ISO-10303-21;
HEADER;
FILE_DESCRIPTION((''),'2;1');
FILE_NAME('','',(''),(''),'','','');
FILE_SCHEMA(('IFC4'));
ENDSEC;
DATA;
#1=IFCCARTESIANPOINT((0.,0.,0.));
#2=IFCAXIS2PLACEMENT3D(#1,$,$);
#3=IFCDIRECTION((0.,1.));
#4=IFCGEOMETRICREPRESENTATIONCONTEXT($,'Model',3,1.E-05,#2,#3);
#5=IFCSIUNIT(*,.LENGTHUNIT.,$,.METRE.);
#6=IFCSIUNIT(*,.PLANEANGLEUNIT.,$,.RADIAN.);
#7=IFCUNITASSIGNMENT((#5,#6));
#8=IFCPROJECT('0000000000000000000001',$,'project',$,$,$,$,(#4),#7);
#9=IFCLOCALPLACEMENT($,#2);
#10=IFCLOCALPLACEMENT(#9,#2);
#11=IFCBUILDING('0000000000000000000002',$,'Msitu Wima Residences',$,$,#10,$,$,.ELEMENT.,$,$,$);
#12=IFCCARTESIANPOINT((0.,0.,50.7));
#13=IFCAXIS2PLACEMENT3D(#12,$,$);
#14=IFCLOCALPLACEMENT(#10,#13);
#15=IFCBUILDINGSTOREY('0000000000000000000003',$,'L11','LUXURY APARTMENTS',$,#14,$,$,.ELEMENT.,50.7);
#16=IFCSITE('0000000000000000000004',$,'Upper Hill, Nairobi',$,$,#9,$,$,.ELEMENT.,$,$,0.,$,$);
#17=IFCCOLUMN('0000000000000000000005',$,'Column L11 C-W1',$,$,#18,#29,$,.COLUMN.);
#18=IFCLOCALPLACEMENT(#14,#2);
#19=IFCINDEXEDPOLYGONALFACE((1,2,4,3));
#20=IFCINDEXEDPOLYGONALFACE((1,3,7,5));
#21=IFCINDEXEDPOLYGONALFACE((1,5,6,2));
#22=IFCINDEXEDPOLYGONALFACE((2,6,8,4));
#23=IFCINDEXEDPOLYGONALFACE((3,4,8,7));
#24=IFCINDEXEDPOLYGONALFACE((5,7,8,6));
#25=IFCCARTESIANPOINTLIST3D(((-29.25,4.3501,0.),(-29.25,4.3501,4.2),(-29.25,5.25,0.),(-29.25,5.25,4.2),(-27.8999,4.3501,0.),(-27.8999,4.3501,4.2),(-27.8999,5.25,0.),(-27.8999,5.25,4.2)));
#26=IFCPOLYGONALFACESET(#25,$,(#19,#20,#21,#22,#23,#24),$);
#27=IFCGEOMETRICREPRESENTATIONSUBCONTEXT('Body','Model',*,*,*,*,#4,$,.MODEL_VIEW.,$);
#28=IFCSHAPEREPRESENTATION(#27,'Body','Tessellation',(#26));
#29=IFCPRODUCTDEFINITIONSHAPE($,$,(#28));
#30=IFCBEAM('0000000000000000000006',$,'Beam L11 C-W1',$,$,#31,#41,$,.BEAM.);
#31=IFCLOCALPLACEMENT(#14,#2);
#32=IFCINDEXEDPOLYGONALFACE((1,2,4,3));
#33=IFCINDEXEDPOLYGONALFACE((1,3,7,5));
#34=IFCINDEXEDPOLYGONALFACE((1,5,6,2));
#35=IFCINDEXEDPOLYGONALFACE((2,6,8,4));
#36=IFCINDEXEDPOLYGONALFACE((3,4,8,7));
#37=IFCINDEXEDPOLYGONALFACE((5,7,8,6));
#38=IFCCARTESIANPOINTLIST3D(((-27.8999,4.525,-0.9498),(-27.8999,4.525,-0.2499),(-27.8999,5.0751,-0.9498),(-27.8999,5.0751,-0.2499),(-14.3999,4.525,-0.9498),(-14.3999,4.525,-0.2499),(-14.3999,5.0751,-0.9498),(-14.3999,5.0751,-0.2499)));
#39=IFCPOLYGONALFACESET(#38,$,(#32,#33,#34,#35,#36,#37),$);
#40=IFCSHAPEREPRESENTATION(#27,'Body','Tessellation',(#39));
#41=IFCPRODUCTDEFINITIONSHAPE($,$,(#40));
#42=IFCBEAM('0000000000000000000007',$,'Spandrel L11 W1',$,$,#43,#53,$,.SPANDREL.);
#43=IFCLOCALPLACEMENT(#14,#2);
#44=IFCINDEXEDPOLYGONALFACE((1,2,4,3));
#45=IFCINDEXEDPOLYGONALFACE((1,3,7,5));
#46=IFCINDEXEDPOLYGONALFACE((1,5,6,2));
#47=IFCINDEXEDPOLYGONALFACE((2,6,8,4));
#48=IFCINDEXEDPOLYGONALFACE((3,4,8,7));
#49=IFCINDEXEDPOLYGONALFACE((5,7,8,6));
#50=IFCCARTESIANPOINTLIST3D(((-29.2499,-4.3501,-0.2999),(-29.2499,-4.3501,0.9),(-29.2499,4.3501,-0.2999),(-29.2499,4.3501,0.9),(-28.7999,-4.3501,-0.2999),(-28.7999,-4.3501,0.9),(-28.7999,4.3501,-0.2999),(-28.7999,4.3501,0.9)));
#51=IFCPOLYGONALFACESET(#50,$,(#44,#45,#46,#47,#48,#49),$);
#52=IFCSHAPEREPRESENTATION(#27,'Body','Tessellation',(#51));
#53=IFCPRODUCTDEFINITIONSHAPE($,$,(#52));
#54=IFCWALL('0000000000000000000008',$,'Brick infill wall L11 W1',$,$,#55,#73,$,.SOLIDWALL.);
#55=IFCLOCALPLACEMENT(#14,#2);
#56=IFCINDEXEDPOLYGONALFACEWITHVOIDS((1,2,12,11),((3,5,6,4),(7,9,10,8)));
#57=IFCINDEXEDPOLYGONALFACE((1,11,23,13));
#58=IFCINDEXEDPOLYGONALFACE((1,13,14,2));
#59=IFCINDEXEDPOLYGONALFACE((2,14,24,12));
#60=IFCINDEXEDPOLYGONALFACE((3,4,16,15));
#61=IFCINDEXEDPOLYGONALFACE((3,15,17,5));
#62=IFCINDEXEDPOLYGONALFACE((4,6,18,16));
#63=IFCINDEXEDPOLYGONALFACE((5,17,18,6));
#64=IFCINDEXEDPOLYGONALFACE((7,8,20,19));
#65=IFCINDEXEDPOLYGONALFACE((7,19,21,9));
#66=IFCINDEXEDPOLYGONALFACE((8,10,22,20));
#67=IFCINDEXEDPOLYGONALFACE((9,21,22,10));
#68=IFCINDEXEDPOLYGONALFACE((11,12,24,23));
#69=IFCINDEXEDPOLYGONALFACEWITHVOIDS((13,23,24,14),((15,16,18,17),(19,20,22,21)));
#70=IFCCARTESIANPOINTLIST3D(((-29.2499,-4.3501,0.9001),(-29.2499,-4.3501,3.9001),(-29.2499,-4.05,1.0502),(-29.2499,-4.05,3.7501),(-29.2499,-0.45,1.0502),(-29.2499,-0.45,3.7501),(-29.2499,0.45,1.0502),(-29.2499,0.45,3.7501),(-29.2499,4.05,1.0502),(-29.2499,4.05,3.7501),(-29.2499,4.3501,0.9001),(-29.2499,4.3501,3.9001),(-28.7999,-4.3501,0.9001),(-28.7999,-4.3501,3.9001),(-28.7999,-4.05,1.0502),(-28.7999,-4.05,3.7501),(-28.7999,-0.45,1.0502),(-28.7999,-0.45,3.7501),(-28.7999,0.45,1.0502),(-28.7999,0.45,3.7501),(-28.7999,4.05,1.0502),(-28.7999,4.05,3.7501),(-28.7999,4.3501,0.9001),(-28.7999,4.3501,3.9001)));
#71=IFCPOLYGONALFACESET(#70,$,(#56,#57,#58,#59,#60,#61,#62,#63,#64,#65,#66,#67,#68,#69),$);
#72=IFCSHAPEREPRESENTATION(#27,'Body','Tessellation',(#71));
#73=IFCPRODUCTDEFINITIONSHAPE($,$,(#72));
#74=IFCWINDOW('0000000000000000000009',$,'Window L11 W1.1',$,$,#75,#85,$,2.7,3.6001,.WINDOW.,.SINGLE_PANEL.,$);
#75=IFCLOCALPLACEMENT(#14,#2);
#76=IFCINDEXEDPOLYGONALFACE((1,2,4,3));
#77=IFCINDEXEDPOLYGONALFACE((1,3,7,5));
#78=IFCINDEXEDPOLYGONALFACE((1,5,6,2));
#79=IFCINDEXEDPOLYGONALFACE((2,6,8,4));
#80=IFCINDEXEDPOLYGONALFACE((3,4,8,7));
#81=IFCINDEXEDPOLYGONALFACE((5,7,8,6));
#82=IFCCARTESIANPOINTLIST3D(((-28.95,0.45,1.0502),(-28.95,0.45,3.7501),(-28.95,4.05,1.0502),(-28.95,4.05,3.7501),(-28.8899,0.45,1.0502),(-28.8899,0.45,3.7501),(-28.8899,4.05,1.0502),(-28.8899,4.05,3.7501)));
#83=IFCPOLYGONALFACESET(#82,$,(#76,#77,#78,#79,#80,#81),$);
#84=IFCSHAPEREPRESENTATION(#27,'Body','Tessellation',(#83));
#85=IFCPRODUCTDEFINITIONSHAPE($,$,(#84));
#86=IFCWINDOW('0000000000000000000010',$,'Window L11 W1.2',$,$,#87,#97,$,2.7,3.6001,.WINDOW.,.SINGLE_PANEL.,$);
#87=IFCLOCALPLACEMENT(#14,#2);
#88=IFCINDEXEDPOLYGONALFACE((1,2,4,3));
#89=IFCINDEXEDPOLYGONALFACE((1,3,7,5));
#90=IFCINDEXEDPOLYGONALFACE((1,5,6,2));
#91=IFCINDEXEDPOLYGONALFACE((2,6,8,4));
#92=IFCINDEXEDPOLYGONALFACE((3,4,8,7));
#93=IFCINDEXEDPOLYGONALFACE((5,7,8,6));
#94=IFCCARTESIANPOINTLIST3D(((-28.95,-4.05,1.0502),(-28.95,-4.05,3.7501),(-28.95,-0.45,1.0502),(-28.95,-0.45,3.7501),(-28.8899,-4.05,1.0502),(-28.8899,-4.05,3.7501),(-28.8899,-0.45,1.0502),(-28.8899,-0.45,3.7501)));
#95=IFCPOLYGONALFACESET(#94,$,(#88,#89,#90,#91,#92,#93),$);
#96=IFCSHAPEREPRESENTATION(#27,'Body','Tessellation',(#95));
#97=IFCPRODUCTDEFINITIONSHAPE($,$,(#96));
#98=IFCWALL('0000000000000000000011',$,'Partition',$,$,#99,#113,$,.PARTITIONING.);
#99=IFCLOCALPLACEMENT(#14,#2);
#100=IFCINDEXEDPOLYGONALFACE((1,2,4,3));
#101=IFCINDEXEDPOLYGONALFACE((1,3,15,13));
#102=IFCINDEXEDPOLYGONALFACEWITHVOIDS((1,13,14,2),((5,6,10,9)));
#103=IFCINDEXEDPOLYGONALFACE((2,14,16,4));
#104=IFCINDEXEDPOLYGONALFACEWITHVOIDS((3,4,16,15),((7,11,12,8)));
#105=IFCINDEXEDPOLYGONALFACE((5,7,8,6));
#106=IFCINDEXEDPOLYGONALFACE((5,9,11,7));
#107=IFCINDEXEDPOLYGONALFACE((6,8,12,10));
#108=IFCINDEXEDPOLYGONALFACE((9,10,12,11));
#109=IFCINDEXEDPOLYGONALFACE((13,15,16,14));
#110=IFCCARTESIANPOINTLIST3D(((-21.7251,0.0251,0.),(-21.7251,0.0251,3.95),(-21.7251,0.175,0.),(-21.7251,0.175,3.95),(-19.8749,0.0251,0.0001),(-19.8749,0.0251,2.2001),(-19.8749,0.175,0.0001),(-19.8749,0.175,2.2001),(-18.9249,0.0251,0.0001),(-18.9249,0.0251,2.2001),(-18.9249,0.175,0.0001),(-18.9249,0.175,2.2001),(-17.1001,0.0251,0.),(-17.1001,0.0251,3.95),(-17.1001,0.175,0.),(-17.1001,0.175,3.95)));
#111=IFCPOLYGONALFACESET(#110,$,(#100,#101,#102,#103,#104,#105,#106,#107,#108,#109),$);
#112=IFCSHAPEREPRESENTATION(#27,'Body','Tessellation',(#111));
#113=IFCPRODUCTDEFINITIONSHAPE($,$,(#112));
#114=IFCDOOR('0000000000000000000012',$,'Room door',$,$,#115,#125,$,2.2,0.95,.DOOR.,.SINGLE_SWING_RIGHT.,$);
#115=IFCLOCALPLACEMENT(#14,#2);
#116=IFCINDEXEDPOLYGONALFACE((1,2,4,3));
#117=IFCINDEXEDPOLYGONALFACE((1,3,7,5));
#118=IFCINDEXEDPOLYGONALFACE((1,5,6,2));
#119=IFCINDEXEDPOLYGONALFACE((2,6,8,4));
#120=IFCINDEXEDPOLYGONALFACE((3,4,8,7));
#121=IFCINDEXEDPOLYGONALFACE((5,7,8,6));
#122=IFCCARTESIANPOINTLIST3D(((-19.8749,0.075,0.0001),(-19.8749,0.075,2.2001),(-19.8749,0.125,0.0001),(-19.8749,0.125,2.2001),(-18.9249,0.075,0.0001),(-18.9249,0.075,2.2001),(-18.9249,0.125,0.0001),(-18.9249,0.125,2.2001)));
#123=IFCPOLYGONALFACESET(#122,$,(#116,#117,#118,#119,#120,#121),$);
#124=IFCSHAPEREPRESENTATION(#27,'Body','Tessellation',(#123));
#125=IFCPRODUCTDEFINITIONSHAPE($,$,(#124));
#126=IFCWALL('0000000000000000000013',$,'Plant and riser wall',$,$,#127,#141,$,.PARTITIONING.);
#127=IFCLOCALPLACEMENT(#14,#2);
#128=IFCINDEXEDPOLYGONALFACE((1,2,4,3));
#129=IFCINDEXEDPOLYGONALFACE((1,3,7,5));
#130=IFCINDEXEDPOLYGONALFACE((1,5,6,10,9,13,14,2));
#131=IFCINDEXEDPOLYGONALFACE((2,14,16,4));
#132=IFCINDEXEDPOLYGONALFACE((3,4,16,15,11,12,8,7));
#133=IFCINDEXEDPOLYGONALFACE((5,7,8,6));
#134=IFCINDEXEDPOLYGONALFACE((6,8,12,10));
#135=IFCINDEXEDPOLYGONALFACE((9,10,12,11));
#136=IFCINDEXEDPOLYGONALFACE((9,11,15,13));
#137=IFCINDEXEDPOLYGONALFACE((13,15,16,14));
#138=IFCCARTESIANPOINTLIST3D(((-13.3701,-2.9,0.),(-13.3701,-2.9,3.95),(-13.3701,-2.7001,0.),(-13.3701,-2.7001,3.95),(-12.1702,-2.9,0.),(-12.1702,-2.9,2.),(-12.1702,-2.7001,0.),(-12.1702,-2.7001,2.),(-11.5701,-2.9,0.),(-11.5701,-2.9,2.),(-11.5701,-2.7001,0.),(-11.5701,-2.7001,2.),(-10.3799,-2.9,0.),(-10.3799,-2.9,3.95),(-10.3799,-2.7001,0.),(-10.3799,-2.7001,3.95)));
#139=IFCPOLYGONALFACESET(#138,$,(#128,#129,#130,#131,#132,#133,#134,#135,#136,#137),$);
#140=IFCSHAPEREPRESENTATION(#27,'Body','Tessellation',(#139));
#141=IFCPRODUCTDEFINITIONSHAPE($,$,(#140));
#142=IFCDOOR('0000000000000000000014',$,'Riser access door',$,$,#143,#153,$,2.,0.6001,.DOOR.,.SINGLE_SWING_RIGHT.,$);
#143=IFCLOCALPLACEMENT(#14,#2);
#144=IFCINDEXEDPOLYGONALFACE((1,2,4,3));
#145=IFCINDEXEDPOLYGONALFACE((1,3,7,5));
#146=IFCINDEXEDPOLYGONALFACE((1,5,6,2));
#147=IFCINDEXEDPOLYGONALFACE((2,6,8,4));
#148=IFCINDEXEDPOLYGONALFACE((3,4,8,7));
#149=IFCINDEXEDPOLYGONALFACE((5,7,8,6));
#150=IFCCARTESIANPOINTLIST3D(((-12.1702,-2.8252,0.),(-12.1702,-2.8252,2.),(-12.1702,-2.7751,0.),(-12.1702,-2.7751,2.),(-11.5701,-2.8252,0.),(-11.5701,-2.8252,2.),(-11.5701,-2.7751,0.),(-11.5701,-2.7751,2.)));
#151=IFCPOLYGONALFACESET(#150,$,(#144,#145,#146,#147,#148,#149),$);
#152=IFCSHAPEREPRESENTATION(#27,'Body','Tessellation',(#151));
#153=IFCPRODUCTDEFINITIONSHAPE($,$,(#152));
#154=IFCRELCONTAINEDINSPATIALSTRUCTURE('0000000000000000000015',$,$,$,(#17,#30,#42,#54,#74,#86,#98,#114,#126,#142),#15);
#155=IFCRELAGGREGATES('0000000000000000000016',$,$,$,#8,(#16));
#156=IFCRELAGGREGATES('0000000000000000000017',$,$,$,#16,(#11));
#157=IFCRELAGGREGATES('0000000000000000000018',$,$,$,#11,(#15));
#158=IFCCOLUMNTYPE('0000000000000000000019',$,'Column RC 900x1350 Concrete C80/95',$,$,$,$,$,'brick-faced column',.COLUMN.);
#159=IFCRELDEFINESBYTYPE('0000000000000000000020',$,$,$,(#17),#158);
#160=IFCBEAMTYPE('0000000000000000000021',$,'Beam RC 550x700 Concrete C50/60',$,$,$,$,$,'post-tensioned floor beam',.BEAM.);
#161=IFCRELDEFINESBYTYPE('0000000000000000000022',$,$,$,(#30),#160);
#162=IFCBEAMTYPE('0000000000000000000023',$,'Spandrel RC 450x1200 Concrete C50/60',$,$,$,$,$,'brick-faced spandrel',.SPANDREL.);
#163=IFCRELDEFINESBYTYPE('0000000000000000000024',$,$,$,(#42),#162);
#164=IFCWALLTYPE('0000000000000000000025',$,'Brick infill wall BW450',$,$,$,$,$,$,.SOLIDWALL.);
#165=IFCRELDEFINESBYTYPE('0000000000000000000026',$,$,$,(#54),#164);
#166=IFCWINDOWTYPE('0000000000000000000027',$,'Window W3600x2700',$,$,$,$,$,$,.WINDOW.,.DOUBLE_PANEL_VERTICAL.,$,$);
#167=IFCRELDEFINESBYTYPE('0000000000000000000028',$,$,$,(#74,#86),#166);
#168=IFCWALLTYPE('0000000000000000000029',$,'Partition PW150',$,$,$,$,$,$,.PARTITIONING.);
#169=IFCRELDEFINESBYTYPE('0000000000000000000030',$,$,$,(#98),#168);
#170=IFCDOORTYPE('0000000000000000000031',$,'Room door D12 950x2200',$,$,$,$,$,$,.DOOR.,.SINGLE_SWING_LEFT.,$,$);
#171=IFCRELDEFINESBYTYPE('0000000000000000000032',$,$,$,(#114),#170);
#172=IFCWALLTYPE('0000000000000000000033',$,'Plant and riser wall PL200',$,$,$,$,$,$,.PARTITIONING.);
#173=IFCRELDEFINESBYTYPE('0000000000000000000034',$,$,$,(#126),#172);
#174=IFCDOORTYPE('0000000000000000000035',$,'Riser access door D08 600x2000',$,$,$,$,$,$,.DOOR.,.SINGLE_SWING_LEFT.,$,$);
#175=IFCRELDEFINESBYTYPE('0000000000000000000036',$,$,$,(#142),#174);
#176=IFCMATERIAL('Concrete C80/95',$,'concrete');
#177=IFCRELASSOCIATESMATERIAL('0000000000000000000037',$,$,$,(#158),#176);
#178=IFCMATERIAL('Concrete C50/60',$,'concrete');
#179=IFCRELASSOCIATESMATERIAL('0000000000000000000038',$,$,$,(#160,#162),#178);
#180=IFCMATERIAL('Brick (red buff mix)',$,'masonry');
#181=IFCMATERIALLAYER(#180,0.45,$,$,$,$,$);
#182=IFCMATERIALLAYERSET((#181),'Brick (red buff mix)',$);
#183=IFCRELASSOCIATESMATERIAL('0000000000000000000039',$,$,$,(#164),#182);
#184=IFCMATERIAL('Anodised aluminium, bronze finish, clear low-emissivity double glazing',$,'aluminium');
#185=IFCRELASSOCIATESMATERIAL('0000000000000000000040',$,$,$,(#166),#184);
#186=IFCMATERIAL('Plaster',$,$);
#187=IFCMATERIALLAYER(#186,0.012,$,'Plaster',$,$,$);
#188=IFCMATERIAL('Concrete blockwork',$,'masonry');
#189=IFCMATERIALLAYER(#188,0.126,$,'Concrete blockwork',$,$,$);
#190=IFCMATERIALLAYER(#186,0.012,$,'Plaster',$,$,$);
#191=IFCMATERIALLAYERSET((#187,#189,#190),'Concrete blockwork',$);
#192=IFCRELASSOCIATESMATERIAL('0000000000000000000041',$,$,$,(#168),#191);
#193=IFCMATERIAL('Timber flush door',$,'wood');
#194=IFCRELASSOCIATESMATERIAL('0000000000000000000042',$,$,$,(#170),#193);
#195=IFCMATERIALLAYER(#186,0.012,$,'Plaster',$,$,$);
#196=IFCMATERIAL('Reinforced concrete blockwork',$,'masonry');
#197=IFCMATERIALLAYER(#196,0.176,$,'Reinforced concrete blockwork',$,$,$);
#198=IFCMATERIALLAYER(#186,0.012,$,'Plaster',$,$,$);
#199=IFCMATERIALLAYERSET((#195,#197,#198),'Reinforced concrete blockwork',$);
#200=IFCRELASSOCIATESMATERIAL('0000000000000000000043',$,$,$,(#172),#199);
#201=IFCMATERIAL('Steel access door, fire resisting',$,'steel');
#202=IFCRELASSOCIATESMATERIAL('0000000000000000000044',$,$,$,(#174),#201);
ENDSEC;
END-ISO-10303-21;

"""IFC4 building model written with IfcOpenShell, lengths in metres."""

from ifc_helpers import new_model, si_unit, direction, frame, frame_2d, origin, origin_2d, place, context, subcontext, project, spatial, rectangle, extrude, material, layer, layer_set, material_profile, profile_set, type_object, element, fill, save


model = new_model("IFC4")

# Units and contexts
model_context = context("Model", 3, precision=1e-05, world=origin(), true_north=direction((0.0, 1.0)))
body_context = subcontext(model_context, "Body", "Model", "MODEL_VIEW")
ifc_project = project(units=[si_unit("LENGTHUNIT", "METRE"), si_unit("PLANEANGLEUNIT", "RADIAN")], contexts=[model_context])

# Site, building, storey
site_placement = place(None, origin())
site = spatial("IfcSite", under=ifc_project, at=site_placement, Name="Upper Hill, Nairobi", CompositionType="ELEMENT", RefElevation=0.0)
building_placement = place(site_placement, origin())
building = spatial("IfcBuilding", under=site, at=building_placement, Name="Msitu Wima Residences", CompositionType="ELEMENT")
storey_placement = place(building_placement, frame((0.0, 0.0, 50.7)))
storey = spatial("IfcBuildingStorey", under=building, at=storey_placement, Name="L11", Description="LUXURY APARTMENTS", CompositionType="ELEMENT", Elevation=50.7)

# Column
ifc_material_1 = material(Name="Concrete C80/95", Category="concrete")
ifc_material_profile_1 = material_profile(ifc_material_1, rectangle(XDim=0.8999, YDim=1.3501, at=origin_2d()), Name="RC 900x1350")
ifc_profile_set_1 = profile_set([ifc_material_profile_1], Name="Concrete C80/95")
column_type = type_object("IfcColumnType", Name="Column RC 900x1350 Concrete C80/95", ElementType="brick-faced column", PredefinedType="COLUMN", material=ifc_profile_set_1)
column_placement = place(storey_placement, frame((-28.575, 4.8, 0.0), z_axis=(0.0, 0.0, 1.0), x_axis=(0.0, -1.0, 0.0)))
element("IfcColumn", 1, at=column_placement, inside=storey, type_object=column_type, Name="Column L11 C-W1", PredefinedType="COLUMN", context=body_context, shape_type="SweptSolid", body=[
    extrude(rectangle(XDim=0.8999, YDim=1.3501, at=origin_2d()), origin(), (0.0, 0.0, 1.0), 4.2),
])

# Beams
ifc_material_2 = material(Name="Concrete C50/60", Category="concrete")
ifc_material_profile_2 = material_profile(ifc_material_2, rectangle(XDim=0.55, YDim=0.7, at=origin_2d()), Name="RC 550x700")
ifc_profile_set_2 = profile_set([ifc_material_profile_2], Name="Concrete C50/60")
beam_type_1 = type_object("IfcBeamType", Name="Beam RC 550x700 Concrete C50/60", ElementType="post-tensioned floor beam", PredefinedType="BEAM", material=ifc_profile_set_2)
beam_1_placement = place(storey_placement, frame((-27.8999, 4.8, -0.5999), z_axis=(1.0, 0.0, 0.0), x_axis=(0.0, 1.0, 0.0)))
element("IfcBeam", 2, at=beam_1_placement, inside=storey, type_object=beam_type_1, Name="Beam L11 C-W1", PredefinedType="BEAM", context=body_context, shape_type="SweptSolid", body=[
    extrude(rectangle(XDim=0.55, YDim=0.7, at=origin_2d()), origin(), (0.0, 0.0, 1.0), 13.5),
])
ifc_material_profile_3 = material_profile(ifc_material_2, rectangle(XDim=0.45, YDim=1.2, at=origin_2d()), Name="RC 450x1200")
ifc_profile_set_3 = profile_set([ifc_material_profile_3], Name="Concrete C50/60")
beam_type_2 = type_object("IfcBeamType", Name="Spandrel RC 450x1200 Concrete C50/60", ElementType="brick-faced spandrel", PredefinedType="SPANDREL", material=ifc_profile_set_3)
beam_2_placement = place(storey_placement, frame((-29.0249, 4.3501, 0.3), z_axis=(0.0, -1.0, 0.0), x_axis=(1.0, 0.0, 0.0)))
element("IfcBeam", 3, at=beam_2_placement, inside=storey, type_object=beam_type_2, Name="Spandrel L11 W1", PredefinedType="SPANDREL", context=body_context, shape_type="SweptSolid", body=[
    extrude(rectangle(XDim=0.45, YDim=1.2, at=origin_2d()), origin(), (0.0, 0.0, 1.0), 8.7002),
])

# Wall, openings, windows
ifc_material_3 = material(Name="Brick (red buff mix)", Category="masonry")
ifc_layer_1 = layer(ifc_material_3, 0.45)
ifc_layer_set_1 = layer_set([ifc_layer_1], Name="Brick (red buff mix)")
wall_type_1 = type_object("IfcWallType", Name="Brick infill wall BW450", PredefinedType="SOLIDWALL", material=ifc_layer_set_1)
wall_1_placement = place(storey_placement, frame((-29.0249, 4.3501, 0.9001), z_axis=(0.0, 0.0, 1.0), x_axis=(0.0, -1.0, 0.0)))
wall_1 = element("IfcWall", 4, at=wall_1_placement, inside=storey, type_object=wall_type_1, Name="Brick infill wall L11 W1", PredefinedType="SOLIDWALL", context=body_context, shape_type="SweptSolid", body=[
    extrude(rectangle(XDim=8.7002, YDim=0.45, at=frame_2d((4.3501, 0.0))), origin(), (0.0, 0.0, 1.0), 3.0),
])
opening_1_placement = place(wall_1_placement, frame((0.3, 0.0, 0.1499)))
opening_1 = element("IfcOpeningElement", 5, at=opening_1_placement, cuts=wall_1, PredefinedType="OPENING", context=body_context, shape_type="SweptSolid", body=[
    extrude(rectangle(XDim=3.6001, YDim=2.7, at=frame_2d((1.8, 1.3501))), frame((0.0, 0.2349, 0.0), z_axis=(0.0, -1.0, 0.0), x_axis=(1.0, 0.0, 0.0)), (0.0, 0.0, 1.0), 0.47),
])
opening_2_placement = place(wall_1_placement, frame((4.8, 0.0, 0.1499)))
opening_2 = element("IfcOpeningElement", 6, at=opening_2_placement, cuts=wall_1, PredefinedType="OPENING", context=body_context, shape_type="SweptSolid", body=[
    extrude(rectangle(XDim=3.6001, YDim=2.7, at=frame_2d((1.8, 1.3501))), frame((0.0, 0.2349, 0.0), z_axis=(0.0, -1.0, 0.0), x_axis=(1.0, 0.0, 0.0)), (0.0, 0.0, 1.0), 0.47),
])
ifc_material_4 = material(Name="Anodised aluminium, bronze finish, clear low-emissivity double glazing", Category="aluminium")
window_type = type_object("IfcWindowType", Name="Window W3600x2700", PartitioningType="DOUBLE_PANEL_VERTICAL", PredefinedType="WINDOW", material=ifc_material_4)
window_1_placement = place(opening_1_placement, origin())
window_1 = element("IfcWindow", 7, at=window_1_placement, inside=storey, type_object=window_type, Name="Window L11 W1.1", OverallHeight=2.7, OverallWidth=3.6001, PartitioningType="SINGLE_PANEL", PredefinedType="WINDOW", context=body_context, shape_type="SweptSolid", body=[
    extrude(rectangle(XDim=3.6001, YDim=2.7, at=frame_2d((1.8, 1.3501))), frame((0.0, 0.135, 0.0), z_axis=(0.0, -1.0, 0.0), x_axis=(1.0, 0.0, 0.0)), (0.0, 0.0, 1.0), 0.0601),
])
fill(opening_1, window_1)
window_2_placement = place(opening_2_placement, origin())
window_2 = element("IfcWindow", 8, at=window_2_placement, inside=storey, type_object=window_type, Name="Window L11 W1.2", OverallHeight=2.7, OverallWidth=3.6001, PartitioningType="SINGLE_PANEL", PredefinedType="WINDOW", context=body_context, shape_type="SweptSolid", body=[
    extrude(rectangle(XDim=3.6001, YDim=2.7, at=frame_2d((1.8, 1.3501))), frame((0.0, 0.135, 0.0), z_axis=(0.0, -1.0, 0.0), x_axis=(1.0, 0.0, 0.0)), (0.0, 0.0, 1.0), 0.0601),
])
fill(opening_2, window_2)

# Walls, openings, doors
ifc_material_5 = material(Name="Plaster")
ifc_layer_2 = layer(ifc_material_5, 0.012, Name="Plaster")
ifc_material_6 = material(Name="Concrete blockwork", Category="masonry")
ifc_layer_3 = layer(ifc_material_6, 0.126, Name="Concrete blockwork")
ifc_layer_4 = layer(ifc_material_5, 0.012, Name="Plaster")
ifc_layer_set_2 = layer_set([ifc_layer_2, ifc_layer_3, ifc_layer_4], Name="Concrete blockwork")
wall_type_2 = type_object("IfcWallType", Name="Partition PW150", PredefinedType="PARTITIONING", material=ifc_layer_set_2)
wall_2_placement = place(storey_placement, frame((-21.7251, 0.1001, 0.0), z_axis=(0.0, 0.0, 1.0), x_axis=(1.0, 0.0, 0.0)))
wall_2 = element("IfcWall", 9, at=wall_2_placement, inside=storey, type_object=wall_type_2, Name="Partition", PredefinedType="PARTITIONING", context=body_context, shape_type="SweptSolid", body=[
    extrude(rectangle(XDim=4.625, YDim=0.1499, at=frame_2d((2.3125, 0.0))), origin(), (0.0, 0.0, 1.0), 3.95),
])
opening_3_placement = place(wall_2_placement, frame((1.8501, 0.0, 0.0)))
opening_3 = element("IfcOpeningElement", 10, at=opening_3_placement, cuts=wall_2, PredefinedType="OPENING", context=body_context, shape_type="SweptSolid", body=[
    extrude(rectangle(XDim=0.95, YDim=2.2, at=frame_2d((0.4751, 1.1001))), frame((0.0, 0.085, 0.0), z_axis=(0.0, -1.0, 0.0), x_axis=(1.0, 0.0, 0.0)), (0.0, 0.0, 1.0), 0.1699),
])
ifc_material_7 = material(Name="Timber flush door", Category="wood")
door_type_1 = type_object("IfcDoorType", Name="Room door D12 950x2200", OperationType="SINGLE_SWING_LEFT", PredefinedType="DOOR", material=ifc_material_7)
door_1_placement = place(opening_3_placement, origin())
door_1 = element("IfcDoor", 11, at=door_1_placement, inside=storey, type_object=door_type_1, Name="Room door", OperationType="SINGLE_SWING_RIGHT", OverallHeight=2.2, OverallWidth=0.95, PredefinedType="DOOR", context=body_context, shape_type="SweptSolid", body=[
    extrude(rectangle(XDim=0.95, YDim=2.2, at=frame_2d((0.4751, 1.1001))), frame((0.0, 0.0249, 0.0), z_axis=(0.0, -1.0, 0.0), x_axis=(1.0, 0.0, 0.0)), (0.0, 0.0, 1.0), 0.05),
])
fill(opening_3, door_1)
ifc_layer_5 = layer(ifc_material_5, 0.012, Name="Plaster")
ifc_material_8 = material(Name="Reinforced concrete blockwork", Category="masonry")
ifc_layer_6 = layer(ifc_material_8, 0.176, Name="Reinforced concrete blockwork")
ifc_layer_7 = layer(ifc_material_5, 0.012, Name="Plaster")
ifc_layer_set_3 = layer_set([ifc_layer_5, ifc_layer_6, ifc_layer_7], Name="Reinforced concrete blockwork")
wall_type_3 = type_object("IfcWallType", Name="Plant and riser wall PL200", PredefinedType="PARTITIONING", material=ifc_layer_set_3)
wall_3_placement = place(storey_placement, frame((-13.3701, -2.8, 0.0), z_axis=(0.0, 0.0, 1.0), x_axis=(1.0, 0.0, 0.0)))
wall_3 = element("IfcWall", 12, at=wall_3_placement, inside=storey, type_object=wall_type_3, Name="Plant and riser wall", PredefinedType="PARTITIONING", context=body_context, shape_type="SweptSolid", body=[
    extrude(rectangle(XDim=2.9902, YDim=0.2, at=frame_2d((1.4951, 0.0))), origin(), (0.0, 0.0, 1.0), 3.95),
])
opening_4_placement = place(wall_3_placement, frame((1.2, 0.0, 0.0)))
opening_4 = element("IfcOpeningElement", 13, at=opening_4_placement, cuts=wall_3, PredefinedType="OPENING", context=body_context, shape_type="SweptSolid", body=[
    extrude(rectangle(XDim=0.6001, YDim=2.0, at=frame_2d((0.3, 1.0))), frame((0.0, 0.1099, 0.0), z_axis=(0.0, -1.0, 0.0), x_axis=(1.0, 0.0, 0.0)), (0.0, 0.0, 1.0), 0.22),
])
ifc_material_9 = material(Name="Steel access door, fire resisting", Category="steel")
door_type_2 = type_object("IfcDoorType", Name="Riser access door D08 600x2000", OperationType="SINGLE_SWING_LEFT", PredefinedType="DOOR", material=ifc_material_9)
door_2_placement = place(opening_4_placement, origin())
door_2 = element("IfcDoor", 14, at=door_2_placement, inside=storey, type_object=door_type_2, Name="Riser access door", OperationType="SINGLE_SWING_RIGHT", OverallHeight=2.0, OverallWidth=0.6001, PredefinedType="DOOR", context=body_context, shape_type="SweptSolid", body=[
    extrude(rectangle(XDim=0.6001, YDim=2.0, at=frame_2d((0.3, 1.0))), frame((0.0, 0.0249, 0.0), z_axis=(0.0, -1.0, 0.0), x_axis=(1.0, 0.0, 0.0)), (0.0, 0.0, 1.0), 0.05),
])
fill(opening_4, door_2)

save(model, "model.ifc")
